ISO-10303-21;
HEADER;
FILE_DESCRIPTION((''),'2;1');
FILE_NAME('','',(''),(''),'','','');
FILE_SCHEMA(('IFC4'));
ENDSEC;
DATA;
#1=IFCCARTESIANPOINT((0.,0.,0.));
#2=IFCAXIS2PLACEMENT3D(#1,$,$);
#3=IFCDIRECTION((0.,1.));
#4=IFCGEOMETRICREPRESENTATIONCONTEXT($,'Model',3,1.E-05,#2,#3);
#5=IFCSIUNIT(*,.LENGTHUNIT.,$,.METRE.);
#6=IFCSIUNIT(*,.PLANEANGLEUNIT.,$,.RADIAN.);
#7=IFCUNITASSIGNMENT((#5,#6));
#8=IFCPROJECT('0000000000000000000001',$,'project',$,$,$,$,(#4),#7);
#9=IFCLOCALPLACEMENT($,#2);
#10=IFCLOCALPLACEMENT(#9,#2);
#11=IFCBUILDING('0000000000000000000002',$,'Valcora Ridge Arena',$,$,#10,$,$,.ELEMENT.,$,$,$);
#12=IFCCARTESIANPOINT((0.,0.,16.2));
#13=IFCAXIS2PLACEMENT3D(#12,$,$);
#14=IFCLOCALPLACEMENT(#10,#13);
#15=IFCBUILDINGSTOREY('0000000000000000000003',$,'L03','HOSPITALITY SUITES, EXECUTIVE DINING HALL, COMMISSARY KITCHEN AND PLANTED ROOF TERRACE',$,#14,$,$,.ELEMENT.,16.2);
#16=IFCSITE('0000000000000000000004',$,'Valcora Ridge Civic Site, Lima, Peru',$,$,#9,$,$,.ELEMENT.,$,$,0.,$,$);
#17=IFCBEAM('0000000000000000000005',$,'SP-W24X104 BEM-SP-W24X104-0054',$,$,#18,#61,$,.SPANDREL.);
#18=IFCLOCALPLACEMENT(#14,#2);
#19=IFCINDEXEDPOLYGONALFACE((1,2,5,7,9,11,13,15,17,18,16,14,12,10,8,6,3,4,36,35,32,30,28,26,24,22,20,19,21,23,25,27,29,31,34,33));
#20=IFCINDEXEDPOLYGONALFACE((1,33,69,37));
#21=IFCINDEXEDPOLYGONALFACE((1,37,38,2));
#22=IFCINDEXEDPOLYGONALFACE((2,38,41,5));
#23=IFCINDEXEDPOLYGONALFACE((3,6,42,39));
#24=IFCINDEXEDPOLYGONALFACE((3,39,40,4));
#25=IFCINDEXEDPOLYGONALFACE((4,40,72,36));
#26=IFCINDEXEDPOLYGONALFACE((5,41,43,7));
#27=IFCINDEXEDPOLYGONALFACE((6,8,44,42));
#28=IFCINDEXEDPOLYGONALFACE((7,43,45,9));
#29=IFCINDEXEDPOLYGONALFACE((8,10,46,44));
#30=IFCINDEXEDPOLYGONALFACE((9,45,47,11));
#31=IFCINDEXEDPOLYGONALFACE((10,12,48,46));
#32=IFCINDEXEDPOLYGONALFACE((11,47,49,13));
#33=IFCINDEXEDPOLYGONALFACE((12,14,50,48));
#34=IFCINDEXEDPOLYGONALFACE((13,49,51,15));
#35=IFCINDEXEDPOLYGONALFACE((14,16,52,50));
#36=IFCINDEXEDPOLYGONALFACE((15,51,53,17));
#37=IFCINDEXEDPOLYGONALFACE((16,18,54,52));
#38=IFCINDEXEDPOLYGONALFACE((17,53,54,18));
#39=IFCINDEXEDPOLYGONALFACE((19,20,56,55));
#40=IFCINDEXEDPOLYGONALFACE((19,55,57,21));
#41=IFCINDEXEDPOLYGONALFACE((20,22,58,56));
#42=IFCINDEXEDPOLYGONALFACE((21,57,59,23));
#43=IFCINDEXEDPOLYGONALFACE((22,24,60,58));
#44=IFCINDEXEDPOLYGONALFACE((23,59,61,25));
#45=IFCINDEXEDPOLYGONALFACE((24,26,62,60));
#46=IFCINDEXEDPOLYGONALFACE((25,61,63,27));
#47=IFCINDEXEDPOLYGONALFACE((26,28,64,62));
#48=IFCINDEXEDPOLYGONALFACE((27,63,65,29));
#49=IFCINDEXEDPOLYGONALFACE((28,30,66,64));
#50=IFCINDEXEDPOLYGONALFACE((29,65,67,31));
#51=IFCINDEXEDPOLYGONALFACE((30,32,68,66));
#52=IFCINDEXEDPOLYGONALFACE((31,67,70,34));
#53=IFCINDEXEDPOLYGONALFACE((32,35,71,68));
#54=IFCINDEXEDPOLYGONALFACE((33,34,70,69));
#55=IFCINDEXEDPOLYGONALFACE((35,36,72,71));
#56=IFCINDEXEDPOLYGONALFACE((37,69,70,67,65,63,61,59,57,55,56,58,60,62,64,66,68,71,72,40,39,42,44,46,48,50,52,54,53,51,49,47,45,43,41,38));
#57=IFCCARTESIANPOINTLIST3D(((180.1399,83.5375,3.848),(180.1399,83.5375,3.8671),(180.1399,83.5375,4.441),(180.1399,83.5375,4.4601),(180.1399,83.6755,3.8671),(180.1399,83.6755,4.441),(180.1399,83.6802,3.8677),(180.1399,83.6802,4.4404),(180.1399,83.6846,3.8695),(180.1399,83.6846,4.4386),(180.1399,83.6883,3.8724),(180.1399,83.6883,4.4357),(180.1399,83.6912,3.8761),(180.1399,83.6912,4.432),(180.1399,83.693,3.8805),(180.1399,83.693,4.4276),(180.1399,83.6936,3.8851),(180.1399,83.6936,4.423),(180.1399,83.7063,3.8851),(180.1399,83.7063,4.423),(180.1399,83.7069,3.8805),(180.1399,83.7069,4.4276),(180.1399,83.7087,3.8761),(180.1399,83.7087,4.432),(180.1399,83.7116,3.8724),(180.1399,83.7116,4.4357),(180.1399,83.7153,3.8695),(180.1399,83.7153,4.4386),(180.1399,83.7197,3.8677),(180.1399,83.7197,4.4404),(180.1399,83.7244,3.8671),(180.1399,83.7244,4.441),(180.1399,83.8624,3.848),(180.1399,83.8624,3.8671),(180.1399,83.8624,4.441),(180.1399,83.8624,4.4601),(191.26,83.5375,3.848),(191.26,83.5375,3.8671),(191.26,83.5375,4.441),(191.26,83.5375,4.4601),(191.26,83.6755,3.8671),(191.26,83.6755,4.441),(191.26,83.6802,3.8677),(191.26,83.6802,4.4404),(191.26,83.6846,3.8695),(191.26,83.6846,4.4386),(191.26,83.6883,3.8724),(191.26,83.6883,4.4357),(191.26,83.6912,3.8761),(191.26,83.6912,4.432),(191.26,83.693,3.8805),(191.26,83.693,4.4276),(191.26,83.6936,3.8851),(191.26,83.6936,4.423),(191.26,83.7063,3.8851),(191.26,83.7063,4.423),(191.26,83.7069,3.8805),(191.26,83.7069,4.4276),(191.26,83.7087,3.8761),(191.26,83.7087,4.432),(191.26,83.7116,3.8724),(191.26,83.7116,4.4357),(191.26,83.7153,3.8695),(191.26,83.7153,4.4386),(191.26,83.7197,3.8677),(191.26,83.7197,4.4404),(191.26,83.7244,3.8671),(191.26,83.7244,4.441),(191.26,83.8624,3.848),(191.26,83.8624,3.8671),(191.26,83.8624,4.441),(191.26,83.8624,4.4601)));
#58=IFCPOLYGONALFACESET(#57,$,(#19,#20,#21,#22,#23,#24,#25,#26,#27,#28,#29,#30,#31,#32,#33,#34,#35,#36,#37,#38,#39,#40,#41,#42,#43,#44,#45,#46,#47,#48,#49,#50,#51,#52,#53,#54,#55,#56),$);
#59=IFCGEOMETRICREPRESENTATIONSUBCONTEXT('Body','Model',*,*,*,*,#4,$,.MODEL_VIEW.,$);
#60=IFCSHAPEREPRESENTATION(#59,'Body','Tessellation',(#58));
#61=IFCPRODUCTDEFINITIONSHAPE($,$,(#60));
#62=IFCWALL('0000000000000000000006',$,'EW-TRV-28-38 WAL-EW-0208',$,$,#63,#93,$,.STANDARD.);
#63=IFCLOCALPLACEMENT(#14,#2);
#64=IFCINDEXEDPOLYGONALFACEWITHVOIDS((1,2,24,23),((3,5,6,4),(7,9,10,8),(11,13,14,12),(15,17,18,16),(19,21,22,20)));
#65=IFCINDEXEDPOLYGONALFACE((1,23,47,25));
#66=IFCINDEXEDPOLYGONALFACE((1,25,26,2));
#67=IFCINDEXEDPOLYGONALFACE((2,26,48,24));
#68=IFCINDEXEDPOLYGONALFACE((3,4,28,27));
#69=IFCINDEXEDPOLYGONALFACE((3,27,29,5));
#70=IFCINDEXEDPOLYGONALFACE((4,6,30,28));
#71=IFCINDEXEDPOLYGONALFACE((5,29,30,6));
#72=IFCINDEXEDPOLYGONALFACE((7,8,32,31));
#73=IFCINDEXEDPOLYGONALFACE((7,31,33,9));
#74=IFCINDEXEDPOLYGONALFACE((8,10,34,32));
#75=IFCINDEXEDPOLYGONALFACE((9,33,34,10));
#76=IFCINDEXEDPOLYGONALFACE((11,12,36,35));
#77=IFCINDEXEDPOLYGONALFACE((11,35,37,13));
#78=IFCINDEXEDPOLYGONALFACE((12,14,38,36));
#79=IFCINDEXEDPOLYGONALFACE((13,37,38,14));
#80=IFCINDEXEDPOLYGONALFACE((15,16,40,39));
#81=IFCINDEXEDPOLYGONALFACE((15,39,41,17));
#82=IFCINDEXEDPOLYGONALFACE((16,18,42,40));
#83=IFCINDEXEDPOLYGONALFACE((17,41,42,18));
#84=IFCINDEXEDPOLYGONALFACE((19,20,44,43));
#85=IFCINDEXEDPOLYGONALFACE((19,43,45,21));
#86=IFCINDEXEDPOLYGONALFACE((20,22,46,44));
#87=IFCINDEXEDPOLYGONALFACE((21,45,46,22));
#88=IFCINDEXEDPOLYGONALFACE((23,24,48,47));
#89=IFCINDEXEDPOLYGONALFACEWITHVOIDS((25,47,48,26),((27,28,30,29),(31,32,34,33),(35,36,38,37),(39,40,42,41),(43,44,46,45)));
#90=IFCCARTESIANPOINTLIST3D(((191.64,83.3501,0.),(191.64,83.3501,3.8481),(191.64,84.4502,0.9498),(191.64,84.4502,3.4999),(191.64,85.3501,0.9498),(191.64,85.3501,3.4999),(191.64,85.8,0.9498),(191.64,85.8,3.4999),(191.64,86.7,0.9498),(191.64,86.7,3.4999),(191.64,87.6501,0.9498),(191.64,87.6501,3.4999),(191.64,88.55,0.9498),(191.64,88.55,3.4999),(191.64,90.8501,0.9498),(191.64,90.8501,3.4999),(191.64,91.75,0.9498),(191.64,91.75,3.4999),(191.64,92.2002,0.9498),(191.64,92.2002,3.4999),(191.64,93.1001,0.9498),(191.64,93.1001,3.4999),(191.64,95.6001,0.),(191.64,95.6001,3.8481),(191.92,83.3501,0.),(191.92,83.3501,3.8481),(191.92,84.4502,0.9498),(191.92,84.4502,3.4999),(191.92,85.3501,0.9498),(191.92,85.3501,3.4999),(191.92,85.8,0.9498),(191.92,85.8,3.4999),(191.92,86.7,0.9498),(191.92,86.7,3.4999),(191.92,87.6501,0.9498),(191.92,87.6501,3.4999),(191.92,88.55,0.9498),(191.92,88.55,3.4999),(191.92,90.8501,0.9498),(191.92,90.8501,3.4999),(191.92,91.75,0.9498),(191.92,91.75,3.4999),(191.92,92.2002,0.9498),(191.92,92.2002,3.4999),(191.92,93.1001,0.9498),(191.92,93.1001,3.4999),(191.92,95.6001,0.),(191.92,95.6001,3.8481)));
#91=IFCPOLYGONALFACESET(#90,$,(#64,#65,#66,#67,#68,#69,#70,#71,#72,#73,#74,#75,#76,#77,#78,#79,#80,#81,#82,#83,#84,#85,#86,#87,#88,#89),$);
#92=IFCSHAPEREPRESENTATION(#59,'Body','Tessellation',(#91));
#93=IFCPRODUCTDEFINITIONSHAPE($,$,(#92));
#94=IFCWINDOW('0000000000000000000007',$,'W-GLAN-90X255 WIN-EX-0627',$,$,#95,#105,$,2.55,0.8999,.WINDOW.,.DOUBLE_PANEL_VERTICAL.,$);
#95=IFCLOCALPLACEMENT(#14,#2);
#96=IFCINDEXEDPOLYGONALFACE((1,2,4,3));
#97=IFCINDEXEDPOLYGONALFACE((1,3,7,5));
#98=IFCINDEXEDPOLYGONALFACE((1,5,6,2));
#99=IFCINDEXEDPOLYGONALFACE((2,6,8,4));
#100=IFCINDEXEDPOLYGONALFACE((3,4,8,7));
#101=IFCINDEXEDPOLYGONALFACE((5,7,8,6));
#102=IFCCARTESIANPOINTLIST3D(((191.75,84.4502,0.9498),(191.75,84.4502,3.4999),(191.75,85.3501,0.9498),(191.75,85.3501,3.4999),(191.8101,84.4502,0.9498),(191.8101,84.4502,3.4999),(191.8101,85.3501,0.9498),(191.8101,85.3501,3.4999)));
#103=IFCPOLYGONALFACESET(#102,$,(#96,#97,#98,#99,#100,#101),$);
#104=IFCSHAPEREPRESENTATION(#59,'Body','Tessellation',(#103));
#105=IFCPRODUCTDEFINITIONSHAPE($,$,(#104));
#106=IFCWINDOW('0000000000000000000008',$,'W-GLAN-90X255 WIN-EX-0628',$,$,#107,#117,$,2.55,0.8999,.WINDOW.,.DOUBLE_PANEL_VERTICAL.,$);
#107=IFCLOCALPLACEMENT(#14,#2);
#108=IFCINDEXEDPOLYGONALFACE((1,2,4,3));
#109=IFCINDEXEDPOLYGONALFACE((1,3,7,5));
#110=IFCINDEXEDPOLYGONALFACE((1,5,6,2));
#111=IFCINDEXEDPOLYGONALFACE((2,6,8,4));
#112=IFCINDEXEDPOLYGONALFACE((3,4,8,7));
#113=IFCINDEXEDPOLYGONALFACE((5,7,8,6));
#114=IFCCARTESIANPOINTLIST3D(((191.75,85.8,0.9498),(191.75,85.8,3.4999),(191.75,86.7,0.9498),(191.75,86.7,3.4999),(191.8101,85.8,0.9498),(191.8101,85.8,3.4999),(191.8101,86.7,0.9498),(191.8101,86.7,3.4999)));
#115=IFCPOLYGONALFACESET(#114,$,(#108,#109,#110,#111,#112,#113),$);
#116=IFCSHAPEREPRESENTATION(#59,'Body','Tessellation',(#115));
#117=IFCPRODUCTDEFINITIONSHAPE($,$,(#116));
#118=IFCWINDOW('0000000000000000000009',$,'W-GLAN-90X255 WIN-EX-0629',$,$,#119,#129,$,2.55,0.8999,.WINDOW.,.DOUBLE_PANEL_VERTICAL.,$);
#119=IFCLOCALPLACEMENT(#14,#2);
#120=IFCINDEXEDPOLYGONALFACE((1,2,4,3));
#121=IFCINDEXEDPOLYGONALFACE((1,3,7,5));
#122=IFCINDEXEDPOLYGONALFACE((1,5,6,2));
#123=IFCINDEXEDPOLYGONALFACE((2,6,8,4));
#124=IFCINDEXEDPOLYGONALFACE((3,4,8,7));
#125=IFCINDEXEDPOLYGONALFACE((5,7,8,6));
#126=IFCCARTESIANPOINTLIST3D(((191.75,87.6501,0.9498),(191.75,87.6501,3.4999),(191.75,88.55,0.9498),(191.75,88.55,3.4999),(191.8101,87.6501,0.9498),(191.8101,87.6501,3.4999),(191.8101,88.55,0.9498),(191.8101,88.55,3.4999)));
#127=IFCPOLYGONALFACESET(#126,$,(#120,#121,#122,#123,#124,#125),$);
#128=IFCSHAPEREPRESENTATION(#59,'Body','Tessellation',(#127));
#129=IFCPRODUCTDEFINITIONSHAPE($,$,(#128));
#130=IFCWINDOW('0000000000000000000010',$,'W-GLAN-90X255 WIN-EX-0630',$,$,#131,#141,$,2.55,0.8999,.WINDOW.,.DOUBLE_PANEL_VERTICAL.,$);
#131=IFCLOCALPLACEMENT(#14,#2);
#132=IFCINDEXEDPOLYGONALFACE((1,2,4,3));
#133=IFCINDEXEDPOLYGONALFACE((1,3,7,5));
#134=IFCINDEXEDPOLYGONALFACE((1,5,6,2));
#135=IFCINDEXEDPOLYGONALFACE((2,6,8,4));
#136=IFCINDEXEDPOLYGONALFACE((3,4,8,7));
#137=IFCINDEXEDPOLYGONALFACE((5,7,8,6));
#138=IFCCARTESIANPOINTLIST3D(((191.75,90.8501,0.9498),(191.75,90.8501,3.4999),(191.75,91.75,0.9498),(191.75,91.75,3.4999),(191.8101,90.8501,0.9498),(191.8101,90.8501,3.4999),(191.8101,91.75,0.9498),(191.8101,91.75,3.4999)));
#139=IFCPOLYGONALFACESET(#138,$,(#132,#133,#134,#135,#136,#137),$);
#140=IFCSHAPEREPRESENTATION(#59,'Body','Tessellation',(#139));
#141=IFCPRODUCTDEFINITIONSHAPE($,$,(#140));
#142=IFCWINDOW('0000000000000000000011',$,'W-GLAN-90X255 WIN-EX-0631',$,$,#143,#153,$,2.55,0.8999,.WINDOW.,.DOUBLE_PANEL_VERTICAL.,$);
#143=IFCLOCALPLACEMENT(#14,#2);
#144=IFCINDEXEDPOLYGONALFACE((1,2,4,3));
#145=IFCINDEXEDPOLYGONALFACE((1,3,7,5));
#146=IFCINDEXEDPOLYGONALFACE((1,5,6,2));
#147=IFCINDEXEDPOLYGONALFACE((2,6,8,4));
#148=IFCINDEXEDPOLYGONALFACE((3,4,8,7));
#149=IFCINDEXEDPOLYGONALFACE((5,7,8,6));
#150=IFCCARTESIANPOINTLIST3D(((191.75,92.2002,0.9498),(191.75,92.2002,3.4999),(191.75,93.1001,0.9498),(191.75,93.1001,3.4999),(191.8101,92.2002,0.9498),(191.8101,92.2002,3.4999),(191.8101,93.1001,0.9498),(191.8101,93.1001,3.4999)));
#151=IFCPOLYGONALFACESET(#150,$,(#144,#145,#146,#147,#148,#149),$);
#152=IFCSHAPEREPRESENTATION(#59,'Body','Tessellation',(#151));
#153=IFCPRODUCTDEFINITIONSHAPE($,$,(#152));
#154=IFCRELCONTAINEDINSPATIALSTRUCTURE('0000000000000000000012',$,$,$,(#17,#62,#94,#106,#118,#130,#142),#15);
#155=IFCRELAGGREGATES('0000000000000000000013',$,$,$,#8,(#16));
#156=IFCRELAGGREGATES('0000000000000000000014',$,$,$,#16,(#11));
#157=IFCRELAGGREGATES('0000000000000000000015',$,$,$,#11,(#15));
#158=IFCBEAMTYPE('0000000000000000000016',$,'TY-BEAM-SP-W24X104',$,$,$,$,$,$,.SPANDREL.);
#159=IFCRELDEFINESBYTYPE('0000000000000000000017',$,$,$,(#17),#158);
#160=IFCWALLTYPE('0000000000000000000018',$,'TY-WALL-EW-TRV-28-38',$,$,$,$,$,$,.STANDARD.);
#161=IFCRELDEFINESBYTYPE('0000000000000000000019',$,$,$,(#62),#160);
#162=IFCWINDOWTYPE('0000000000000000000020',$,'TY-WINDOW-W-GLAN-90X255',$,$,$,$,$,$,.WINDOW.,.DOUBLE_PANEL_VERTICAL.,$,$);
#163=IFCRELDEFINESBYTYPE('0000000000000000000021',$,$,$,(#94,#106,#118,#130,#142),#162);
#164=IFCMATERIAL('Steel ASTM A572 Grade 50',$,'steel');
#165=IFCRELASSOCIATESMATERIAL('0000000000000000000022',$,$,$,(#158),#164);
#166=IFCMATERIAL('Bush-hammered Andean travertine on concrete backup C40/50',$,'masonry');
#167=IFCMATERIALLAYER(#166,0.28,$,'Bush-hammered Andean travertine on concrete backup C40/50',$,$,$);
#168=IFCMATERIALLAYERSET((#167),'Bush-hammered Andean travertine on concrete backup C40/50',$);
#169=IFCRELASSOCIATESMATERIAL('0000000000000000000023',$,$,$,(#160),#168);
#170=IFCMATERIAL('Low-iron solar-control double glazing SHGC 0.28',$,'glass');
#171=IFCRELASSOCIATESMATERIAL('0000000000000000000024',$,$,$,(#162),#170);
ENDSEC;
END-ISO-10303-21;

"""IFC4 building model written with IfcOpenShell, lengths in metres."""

from ifc_helpers import new_model, si_unit, direction, frame, frame_2d, origin, origin_2d, place, context, subcontext, project, spatial, rectangle, i_section, extrude, material, layer, layer_set, material_profile, profile_set, type_object, element, fill, save


model = new_model("IFC4")

# Units and contexts
model_context = context("Model", 3, precision=1e-05, world=origin(), true_north=direction((0.0, 1.0)))
body_context = subcontext(model_context, "Body", "Model", "MODEL_VIEW")
ifc_project = project(units=[si_unit("LENGTHUNIT", "METRE"), si_unit("PLANEANGLEUNIT", "RADIAN")], contexts=[model_context])

# Site, building, storey
site_placement = place(None, origin())
site = spatial("IfcSite", under=ifc_project, at=site_placement, Name="Valcora Ridge Civic Site, Lima, Peru", CompositionType="ELEMENT", RefElevation=0.0)
building_placement = place(site_placement, origin())
building = spatial("IfcBuilding", under=site, at=building_placement, Name="Valcora Ridge Arena", CompositionType="ELEMENT")
storey_placement = place(building_placement, frame((0.0, 0.0, 16.2)))
storey = spatial("IfcBuildingStorey", under=building, at=storey_placement, Name="L03", Description="HOSPITALITY SUITES, EXECUTIVE DINING HALL, COMMISSARY KITCHEN AND PLANTED ROOF TERRACE", CompositionType="ELEMENT", Elevation=16.2)

# Beam
ifc_material_1 = material(Name="Steel ASTM A572 Grade 50", Category="steel")
ifc_material_profile_1 = material_profile(ifc_material_1, i_section(OverallWidth=0.325, OverallDepth=0.6121, WebThickness=0.0127, FlangeThickness=0.019, FilletRadius=0.0181, at=origin_2d()), Name="W24X104")
ifc_profile_set_1 = profile_set([ifc_material_profile_1], Name="Steel ASTM A572 Grade 50")
beam_type_1 = type_object("IfcBeamType", Name="TY-BEAM-SP-W24X104", PredefinedType="SPANDREL", material=ifc_profile_set_1)
beam_1_placement = place(storey_placement, frame((180.1399, 83.7, 4.1541), z_axis=(1.0, 0.0, 0.0), x_axis=(0.0, 1.0, 0.0)))
element("IfcBeam", 1, at=beam_1_placement, inside=storey, type_object=beam_type_1, Name="SP-W24X104 BEM-SP-W24X104-0054", PredefinedType="SPANDREL", context=body_context, shape_type="SweptSolid", body=[
    extrude(i_section(OverallWidth=0.325, OverallDepth=0.6121, WebThickness=0.0127, FlangeThickness=0.019, FilletRadius=0.0181, at=origin_2d()), origin(), (0.0, 0.0, 1.0), 11.1201),
])

# Wall, openings, windows
ifc_material_2 = material(Name="Bush-hammered Andean travertine on concrete backup C40/50", Category="masonry")
ifc_layer_1 = layer(ifc_material_2, 0.28, Name="Bush-hammered Andean travertine on concrete backup C40/50")
ifc_layer_set_1 = layer_set([ifc_layer_1], Name="Bush-hammered Andean travertine on concrete backup C40/50")
wall_type_1 = type_object("IfcWallType", Name="TY-WALL-EW-TRV-28-38", PredefinedType="STANDARD", material=ifc_layer_set_1)
wall_1_placement = place(storey_placement, frame((191.78, 83.3501, 0.0), z_axis=(0.0, 0.0, 1.0), x_axis=(0.0, 1.0, 0.0)))
wall_1 = element("IfcWall", 2, at=wall_1_placement, inside=storey, type_object=wall_type_1, Name="EW-TRV-28-38 WAL-EW-0208", PredefinedType="STANDARD", context=body_context, shape_type="SweptSolid", body=[
    extrude(rectangle(XDim=12.25, YDim=0.28, at=frame_2d((6.125, 0.0))), origin(), (0.0, 0.0, 1.0), 3.8481),
])
opening_1_placement = place(wall_1_placement, frame((1.1001, 0.0, 0.95)))
opening_1 = element("IfcOpeningElement", 3, at=opening_1_placement, cuts=wall_1, PredefinedType="OPENING", context=body_context, shape_type="SweptSolid", body=[
    extrude(rectangle(XDim=0.8999, YDim=2.55, at=frame_2d((0.45, 1.2749))), frame((0.0, 0.1499, 0.0), z_axis=(0.0, -1.0, 0.0), x_axis=(1.0, 0.0, 0.0)), (0.0, 0.0, 1.0), 0.3),
])
opening_2_placement = place(wall_1_placement, frame((2.45, 0.0, 0.95)))
opening_2 = element("IfcOpeningElement", 4, at=opening_2_placement, cuts=wall_1, PredefinedType="OPENING", context=body_context, shape_type="SweptSolid", body=[
    extrude(rectangle(XDim=0.8999, YDim=2.55, at=frame_2d((0.45, 1.2749))), frame((0.0, 0.1499, 0.0), z_axis=(0.0, -1.0, 0.0), x_axis=(1.0, 0.0, 0.0)), (0.0, 0.0, 1.0), 0.3),
])
opening_3_placement = place(wall_1_placement, frame((4.3, 0.0, 0.95)))
opening_3 = element("IfcOpeningElement", 5, at=opening_3_placement, cuts=wall_1, PredefinedType="OPENING", context=body_context, shape_type="SweptSolid", body=[
    extrude(rectangle(XDim=0.8999, YDim=2.55, at=frame_2d((0.45, 1.2749))), frame((0.0, 0.1499, 0.0), z_axis=(0.0, -1.0, 0.0), x_axis=(1.0, 0.0, 0.0)), (0.0, 0.0, 1.0), 0.3),
])
opening_4_placement = place(wall_1_placement, frame((7.5, 0.0, 0.95)))
opening_4 = element("IfcOpeningElement", 6, at=opening_4_placement, cuts=wall_1, PredefinedType="OPENING", context=body_context, shape_type="SweptSolid", body=[
    extrude(rectangle(XDim=0.8999, YDim=2.55, at=frame_2d((0.45, 1.2749))), frame((0.0, 0.1499, 0.0), z_axis=(0.0, -1.0, 0.0), x_axis=(1.0, 0.0, 0.0)), (0.0, 0.0, 1.0), 0.3),
])
opening_5_placement = place(wall_1_placement, frame((8.8501, 0.0, 0.95)))
opening_5 = element("IfcOpeningElement", 7, at=opening_5_placement, cuts=wall_1, PredefinedType="OPENING", context=body_context, shape_type="SweptSolid", body=[
    extrude(rectangle(XDim=0.8999, YDim=2.55, at=frame_2d((0.45, 1.2749))), frame((0.0, 0.1499, 0.0), z_axis=(0.0, -1.0, 0.0), x_axis=(1.0, 0.0, 0.0)), (0.0, 0.0, 1.0), 0.3),
])
ifc_material_3 = material(Name="Low-iron solar-control double glazing SHGC 0.28", Category="glass")
window_type = type_object("IfcWindowType", Name="TY-WINDOW-W-GLAN-90X255", PartitioningType="DOUBLE_PANEL_VERTICAL", PredefinedType="WINDOW", material=ifc_material_3)
window_1_placement = place(opening_1_placement, origin())
window_1 = element("IfcWindow", 8, at=window_1_placement, inside=storey, type_object=window_type, Name="W-GLAN-90X255 WIN-EX-0627", OverallHeight=2.55, OverallWidth=0.8999, PartitioningType="DOUBLE_PANEL_VERTICAL", PredefinedType="WINDOW", context=body_context, shape_type="SweptSolid", body=[
    extrude(rectangle(XDim=0.8999, YDim=2.55, at=frame_2d((0.45, 1.2749))), frame((0.0, 0.03, 0.0), z_axis=(0.0, -1.0, 0.0), x_axis=(1.0, 0.0, 0.0)), (0.0, 0.0, 1.0), 0.0601),
])
fill(opening_1, window_1)
window_2_placement = place(opening_2_placement, origin())
window_2 = element("IfcWindow", 9, at=window_2_placement, inside=storey, type_object=window_type, Name="W-GLAN-90X255 WIN-EX-0628", OverallHeight=2.55, OverallWidth=0.8999, PartitioningType="DOUBLE_PANEL_VERTICAL", PredefinedType="WINDOW", context=body_context, shape_type="SweptSolid", body=[
    extrude(rectangle(XDim=0.8999, YDim=2.55, at=frame_2d((0.45, 1.2749))), frame((0.0, 0.03, 0.0), z_axis=(0.0, -1.0, 0.0), x_axis=(1.0, 0.0, 0.0)), (0.0, 0.0, 1.0), 0.0601),
])
fill(opening_2, window_2)
window_3_placement = place(opening_3_placement, origin())
window_3 = element("IfcWindow", 10, at=window_3_placement, inside=storey, type_object=window_type, Name="W-GLAN-90X255 WIN-EX-0629", OverallHeight=2.55, OverallWidth=0.8999, PartitioningType="DOUBLE_PANEL_VERTICAL", PredefinedType="WINDOW", context=body_context, shape_type="SweptSolid", body=[
    extrude(rectangle(XDim=0.8999, YDim=2.55, at=frame_2d((0.45, 1.2749))), frame((0.0, 0.03, 0.0), z_axis=(0.0, -1.0, 0.0), x_axis=(1.0, 0.0, 0.0)), (0.0, 0.0, 1.0), 0.0601),
])
fill(opening_3, window_3)
window_4_placement = place(opening_4_placement, origin())
window_4 = element("IfcWindow", 11, at=window_4_placement, inside=storey, type_object=window_type, Name="W-GLAN-90X255 WIN-EX-0630", OverallHeight=2.55, OverallWidth=0.8999, PartitioningType="DOUBLE_PANEL_VERTICAL", PredefinedType="WINDOW", context=body_context, shape_type="SweptSolid", body=[
    extrude(rectangle(XDim=0.8999, YDim=2.55, at=frame_2d((0.45, 1.2749))), frame((0.0, 0.03, 0.0), z_axis=(0.0, -1.0, 0.0), x_axis=(1.0, 0.0, 0.0)), (0.0, 0.0, 1.0), 0.0601),
])
fill(opening_4, window_4)
window_5_placement = place(opening_5_placement, origin())
window_5 = element("IfcWindow", 12, at=window_5_placement, inside=storey, type_object=window_type, Name="W-GLAN-90X255 WIN-EX-0631", OverallHeight=2.55, OverallWidth=0.8999, PartitioningType="DOUBLE_PANEL_VERTICAL", PredefinedType="WINDOW", context=body_context, shape_type="SweptSolid", body=[
    extrude(rectangle(XDim=0.8999, YDim=2.55, at=frame_2d((0.45, 1.2749))), frame((0.0, 0.03, 0.0), z_axis=(0.0, -1.0, 0.0), x_axis=(1.0, 0.0, 0.0)), (0.0, 0.0, 1.0), 0.0601),
])
fill(opening_5, window_5)

save(model, "model.ifc")
